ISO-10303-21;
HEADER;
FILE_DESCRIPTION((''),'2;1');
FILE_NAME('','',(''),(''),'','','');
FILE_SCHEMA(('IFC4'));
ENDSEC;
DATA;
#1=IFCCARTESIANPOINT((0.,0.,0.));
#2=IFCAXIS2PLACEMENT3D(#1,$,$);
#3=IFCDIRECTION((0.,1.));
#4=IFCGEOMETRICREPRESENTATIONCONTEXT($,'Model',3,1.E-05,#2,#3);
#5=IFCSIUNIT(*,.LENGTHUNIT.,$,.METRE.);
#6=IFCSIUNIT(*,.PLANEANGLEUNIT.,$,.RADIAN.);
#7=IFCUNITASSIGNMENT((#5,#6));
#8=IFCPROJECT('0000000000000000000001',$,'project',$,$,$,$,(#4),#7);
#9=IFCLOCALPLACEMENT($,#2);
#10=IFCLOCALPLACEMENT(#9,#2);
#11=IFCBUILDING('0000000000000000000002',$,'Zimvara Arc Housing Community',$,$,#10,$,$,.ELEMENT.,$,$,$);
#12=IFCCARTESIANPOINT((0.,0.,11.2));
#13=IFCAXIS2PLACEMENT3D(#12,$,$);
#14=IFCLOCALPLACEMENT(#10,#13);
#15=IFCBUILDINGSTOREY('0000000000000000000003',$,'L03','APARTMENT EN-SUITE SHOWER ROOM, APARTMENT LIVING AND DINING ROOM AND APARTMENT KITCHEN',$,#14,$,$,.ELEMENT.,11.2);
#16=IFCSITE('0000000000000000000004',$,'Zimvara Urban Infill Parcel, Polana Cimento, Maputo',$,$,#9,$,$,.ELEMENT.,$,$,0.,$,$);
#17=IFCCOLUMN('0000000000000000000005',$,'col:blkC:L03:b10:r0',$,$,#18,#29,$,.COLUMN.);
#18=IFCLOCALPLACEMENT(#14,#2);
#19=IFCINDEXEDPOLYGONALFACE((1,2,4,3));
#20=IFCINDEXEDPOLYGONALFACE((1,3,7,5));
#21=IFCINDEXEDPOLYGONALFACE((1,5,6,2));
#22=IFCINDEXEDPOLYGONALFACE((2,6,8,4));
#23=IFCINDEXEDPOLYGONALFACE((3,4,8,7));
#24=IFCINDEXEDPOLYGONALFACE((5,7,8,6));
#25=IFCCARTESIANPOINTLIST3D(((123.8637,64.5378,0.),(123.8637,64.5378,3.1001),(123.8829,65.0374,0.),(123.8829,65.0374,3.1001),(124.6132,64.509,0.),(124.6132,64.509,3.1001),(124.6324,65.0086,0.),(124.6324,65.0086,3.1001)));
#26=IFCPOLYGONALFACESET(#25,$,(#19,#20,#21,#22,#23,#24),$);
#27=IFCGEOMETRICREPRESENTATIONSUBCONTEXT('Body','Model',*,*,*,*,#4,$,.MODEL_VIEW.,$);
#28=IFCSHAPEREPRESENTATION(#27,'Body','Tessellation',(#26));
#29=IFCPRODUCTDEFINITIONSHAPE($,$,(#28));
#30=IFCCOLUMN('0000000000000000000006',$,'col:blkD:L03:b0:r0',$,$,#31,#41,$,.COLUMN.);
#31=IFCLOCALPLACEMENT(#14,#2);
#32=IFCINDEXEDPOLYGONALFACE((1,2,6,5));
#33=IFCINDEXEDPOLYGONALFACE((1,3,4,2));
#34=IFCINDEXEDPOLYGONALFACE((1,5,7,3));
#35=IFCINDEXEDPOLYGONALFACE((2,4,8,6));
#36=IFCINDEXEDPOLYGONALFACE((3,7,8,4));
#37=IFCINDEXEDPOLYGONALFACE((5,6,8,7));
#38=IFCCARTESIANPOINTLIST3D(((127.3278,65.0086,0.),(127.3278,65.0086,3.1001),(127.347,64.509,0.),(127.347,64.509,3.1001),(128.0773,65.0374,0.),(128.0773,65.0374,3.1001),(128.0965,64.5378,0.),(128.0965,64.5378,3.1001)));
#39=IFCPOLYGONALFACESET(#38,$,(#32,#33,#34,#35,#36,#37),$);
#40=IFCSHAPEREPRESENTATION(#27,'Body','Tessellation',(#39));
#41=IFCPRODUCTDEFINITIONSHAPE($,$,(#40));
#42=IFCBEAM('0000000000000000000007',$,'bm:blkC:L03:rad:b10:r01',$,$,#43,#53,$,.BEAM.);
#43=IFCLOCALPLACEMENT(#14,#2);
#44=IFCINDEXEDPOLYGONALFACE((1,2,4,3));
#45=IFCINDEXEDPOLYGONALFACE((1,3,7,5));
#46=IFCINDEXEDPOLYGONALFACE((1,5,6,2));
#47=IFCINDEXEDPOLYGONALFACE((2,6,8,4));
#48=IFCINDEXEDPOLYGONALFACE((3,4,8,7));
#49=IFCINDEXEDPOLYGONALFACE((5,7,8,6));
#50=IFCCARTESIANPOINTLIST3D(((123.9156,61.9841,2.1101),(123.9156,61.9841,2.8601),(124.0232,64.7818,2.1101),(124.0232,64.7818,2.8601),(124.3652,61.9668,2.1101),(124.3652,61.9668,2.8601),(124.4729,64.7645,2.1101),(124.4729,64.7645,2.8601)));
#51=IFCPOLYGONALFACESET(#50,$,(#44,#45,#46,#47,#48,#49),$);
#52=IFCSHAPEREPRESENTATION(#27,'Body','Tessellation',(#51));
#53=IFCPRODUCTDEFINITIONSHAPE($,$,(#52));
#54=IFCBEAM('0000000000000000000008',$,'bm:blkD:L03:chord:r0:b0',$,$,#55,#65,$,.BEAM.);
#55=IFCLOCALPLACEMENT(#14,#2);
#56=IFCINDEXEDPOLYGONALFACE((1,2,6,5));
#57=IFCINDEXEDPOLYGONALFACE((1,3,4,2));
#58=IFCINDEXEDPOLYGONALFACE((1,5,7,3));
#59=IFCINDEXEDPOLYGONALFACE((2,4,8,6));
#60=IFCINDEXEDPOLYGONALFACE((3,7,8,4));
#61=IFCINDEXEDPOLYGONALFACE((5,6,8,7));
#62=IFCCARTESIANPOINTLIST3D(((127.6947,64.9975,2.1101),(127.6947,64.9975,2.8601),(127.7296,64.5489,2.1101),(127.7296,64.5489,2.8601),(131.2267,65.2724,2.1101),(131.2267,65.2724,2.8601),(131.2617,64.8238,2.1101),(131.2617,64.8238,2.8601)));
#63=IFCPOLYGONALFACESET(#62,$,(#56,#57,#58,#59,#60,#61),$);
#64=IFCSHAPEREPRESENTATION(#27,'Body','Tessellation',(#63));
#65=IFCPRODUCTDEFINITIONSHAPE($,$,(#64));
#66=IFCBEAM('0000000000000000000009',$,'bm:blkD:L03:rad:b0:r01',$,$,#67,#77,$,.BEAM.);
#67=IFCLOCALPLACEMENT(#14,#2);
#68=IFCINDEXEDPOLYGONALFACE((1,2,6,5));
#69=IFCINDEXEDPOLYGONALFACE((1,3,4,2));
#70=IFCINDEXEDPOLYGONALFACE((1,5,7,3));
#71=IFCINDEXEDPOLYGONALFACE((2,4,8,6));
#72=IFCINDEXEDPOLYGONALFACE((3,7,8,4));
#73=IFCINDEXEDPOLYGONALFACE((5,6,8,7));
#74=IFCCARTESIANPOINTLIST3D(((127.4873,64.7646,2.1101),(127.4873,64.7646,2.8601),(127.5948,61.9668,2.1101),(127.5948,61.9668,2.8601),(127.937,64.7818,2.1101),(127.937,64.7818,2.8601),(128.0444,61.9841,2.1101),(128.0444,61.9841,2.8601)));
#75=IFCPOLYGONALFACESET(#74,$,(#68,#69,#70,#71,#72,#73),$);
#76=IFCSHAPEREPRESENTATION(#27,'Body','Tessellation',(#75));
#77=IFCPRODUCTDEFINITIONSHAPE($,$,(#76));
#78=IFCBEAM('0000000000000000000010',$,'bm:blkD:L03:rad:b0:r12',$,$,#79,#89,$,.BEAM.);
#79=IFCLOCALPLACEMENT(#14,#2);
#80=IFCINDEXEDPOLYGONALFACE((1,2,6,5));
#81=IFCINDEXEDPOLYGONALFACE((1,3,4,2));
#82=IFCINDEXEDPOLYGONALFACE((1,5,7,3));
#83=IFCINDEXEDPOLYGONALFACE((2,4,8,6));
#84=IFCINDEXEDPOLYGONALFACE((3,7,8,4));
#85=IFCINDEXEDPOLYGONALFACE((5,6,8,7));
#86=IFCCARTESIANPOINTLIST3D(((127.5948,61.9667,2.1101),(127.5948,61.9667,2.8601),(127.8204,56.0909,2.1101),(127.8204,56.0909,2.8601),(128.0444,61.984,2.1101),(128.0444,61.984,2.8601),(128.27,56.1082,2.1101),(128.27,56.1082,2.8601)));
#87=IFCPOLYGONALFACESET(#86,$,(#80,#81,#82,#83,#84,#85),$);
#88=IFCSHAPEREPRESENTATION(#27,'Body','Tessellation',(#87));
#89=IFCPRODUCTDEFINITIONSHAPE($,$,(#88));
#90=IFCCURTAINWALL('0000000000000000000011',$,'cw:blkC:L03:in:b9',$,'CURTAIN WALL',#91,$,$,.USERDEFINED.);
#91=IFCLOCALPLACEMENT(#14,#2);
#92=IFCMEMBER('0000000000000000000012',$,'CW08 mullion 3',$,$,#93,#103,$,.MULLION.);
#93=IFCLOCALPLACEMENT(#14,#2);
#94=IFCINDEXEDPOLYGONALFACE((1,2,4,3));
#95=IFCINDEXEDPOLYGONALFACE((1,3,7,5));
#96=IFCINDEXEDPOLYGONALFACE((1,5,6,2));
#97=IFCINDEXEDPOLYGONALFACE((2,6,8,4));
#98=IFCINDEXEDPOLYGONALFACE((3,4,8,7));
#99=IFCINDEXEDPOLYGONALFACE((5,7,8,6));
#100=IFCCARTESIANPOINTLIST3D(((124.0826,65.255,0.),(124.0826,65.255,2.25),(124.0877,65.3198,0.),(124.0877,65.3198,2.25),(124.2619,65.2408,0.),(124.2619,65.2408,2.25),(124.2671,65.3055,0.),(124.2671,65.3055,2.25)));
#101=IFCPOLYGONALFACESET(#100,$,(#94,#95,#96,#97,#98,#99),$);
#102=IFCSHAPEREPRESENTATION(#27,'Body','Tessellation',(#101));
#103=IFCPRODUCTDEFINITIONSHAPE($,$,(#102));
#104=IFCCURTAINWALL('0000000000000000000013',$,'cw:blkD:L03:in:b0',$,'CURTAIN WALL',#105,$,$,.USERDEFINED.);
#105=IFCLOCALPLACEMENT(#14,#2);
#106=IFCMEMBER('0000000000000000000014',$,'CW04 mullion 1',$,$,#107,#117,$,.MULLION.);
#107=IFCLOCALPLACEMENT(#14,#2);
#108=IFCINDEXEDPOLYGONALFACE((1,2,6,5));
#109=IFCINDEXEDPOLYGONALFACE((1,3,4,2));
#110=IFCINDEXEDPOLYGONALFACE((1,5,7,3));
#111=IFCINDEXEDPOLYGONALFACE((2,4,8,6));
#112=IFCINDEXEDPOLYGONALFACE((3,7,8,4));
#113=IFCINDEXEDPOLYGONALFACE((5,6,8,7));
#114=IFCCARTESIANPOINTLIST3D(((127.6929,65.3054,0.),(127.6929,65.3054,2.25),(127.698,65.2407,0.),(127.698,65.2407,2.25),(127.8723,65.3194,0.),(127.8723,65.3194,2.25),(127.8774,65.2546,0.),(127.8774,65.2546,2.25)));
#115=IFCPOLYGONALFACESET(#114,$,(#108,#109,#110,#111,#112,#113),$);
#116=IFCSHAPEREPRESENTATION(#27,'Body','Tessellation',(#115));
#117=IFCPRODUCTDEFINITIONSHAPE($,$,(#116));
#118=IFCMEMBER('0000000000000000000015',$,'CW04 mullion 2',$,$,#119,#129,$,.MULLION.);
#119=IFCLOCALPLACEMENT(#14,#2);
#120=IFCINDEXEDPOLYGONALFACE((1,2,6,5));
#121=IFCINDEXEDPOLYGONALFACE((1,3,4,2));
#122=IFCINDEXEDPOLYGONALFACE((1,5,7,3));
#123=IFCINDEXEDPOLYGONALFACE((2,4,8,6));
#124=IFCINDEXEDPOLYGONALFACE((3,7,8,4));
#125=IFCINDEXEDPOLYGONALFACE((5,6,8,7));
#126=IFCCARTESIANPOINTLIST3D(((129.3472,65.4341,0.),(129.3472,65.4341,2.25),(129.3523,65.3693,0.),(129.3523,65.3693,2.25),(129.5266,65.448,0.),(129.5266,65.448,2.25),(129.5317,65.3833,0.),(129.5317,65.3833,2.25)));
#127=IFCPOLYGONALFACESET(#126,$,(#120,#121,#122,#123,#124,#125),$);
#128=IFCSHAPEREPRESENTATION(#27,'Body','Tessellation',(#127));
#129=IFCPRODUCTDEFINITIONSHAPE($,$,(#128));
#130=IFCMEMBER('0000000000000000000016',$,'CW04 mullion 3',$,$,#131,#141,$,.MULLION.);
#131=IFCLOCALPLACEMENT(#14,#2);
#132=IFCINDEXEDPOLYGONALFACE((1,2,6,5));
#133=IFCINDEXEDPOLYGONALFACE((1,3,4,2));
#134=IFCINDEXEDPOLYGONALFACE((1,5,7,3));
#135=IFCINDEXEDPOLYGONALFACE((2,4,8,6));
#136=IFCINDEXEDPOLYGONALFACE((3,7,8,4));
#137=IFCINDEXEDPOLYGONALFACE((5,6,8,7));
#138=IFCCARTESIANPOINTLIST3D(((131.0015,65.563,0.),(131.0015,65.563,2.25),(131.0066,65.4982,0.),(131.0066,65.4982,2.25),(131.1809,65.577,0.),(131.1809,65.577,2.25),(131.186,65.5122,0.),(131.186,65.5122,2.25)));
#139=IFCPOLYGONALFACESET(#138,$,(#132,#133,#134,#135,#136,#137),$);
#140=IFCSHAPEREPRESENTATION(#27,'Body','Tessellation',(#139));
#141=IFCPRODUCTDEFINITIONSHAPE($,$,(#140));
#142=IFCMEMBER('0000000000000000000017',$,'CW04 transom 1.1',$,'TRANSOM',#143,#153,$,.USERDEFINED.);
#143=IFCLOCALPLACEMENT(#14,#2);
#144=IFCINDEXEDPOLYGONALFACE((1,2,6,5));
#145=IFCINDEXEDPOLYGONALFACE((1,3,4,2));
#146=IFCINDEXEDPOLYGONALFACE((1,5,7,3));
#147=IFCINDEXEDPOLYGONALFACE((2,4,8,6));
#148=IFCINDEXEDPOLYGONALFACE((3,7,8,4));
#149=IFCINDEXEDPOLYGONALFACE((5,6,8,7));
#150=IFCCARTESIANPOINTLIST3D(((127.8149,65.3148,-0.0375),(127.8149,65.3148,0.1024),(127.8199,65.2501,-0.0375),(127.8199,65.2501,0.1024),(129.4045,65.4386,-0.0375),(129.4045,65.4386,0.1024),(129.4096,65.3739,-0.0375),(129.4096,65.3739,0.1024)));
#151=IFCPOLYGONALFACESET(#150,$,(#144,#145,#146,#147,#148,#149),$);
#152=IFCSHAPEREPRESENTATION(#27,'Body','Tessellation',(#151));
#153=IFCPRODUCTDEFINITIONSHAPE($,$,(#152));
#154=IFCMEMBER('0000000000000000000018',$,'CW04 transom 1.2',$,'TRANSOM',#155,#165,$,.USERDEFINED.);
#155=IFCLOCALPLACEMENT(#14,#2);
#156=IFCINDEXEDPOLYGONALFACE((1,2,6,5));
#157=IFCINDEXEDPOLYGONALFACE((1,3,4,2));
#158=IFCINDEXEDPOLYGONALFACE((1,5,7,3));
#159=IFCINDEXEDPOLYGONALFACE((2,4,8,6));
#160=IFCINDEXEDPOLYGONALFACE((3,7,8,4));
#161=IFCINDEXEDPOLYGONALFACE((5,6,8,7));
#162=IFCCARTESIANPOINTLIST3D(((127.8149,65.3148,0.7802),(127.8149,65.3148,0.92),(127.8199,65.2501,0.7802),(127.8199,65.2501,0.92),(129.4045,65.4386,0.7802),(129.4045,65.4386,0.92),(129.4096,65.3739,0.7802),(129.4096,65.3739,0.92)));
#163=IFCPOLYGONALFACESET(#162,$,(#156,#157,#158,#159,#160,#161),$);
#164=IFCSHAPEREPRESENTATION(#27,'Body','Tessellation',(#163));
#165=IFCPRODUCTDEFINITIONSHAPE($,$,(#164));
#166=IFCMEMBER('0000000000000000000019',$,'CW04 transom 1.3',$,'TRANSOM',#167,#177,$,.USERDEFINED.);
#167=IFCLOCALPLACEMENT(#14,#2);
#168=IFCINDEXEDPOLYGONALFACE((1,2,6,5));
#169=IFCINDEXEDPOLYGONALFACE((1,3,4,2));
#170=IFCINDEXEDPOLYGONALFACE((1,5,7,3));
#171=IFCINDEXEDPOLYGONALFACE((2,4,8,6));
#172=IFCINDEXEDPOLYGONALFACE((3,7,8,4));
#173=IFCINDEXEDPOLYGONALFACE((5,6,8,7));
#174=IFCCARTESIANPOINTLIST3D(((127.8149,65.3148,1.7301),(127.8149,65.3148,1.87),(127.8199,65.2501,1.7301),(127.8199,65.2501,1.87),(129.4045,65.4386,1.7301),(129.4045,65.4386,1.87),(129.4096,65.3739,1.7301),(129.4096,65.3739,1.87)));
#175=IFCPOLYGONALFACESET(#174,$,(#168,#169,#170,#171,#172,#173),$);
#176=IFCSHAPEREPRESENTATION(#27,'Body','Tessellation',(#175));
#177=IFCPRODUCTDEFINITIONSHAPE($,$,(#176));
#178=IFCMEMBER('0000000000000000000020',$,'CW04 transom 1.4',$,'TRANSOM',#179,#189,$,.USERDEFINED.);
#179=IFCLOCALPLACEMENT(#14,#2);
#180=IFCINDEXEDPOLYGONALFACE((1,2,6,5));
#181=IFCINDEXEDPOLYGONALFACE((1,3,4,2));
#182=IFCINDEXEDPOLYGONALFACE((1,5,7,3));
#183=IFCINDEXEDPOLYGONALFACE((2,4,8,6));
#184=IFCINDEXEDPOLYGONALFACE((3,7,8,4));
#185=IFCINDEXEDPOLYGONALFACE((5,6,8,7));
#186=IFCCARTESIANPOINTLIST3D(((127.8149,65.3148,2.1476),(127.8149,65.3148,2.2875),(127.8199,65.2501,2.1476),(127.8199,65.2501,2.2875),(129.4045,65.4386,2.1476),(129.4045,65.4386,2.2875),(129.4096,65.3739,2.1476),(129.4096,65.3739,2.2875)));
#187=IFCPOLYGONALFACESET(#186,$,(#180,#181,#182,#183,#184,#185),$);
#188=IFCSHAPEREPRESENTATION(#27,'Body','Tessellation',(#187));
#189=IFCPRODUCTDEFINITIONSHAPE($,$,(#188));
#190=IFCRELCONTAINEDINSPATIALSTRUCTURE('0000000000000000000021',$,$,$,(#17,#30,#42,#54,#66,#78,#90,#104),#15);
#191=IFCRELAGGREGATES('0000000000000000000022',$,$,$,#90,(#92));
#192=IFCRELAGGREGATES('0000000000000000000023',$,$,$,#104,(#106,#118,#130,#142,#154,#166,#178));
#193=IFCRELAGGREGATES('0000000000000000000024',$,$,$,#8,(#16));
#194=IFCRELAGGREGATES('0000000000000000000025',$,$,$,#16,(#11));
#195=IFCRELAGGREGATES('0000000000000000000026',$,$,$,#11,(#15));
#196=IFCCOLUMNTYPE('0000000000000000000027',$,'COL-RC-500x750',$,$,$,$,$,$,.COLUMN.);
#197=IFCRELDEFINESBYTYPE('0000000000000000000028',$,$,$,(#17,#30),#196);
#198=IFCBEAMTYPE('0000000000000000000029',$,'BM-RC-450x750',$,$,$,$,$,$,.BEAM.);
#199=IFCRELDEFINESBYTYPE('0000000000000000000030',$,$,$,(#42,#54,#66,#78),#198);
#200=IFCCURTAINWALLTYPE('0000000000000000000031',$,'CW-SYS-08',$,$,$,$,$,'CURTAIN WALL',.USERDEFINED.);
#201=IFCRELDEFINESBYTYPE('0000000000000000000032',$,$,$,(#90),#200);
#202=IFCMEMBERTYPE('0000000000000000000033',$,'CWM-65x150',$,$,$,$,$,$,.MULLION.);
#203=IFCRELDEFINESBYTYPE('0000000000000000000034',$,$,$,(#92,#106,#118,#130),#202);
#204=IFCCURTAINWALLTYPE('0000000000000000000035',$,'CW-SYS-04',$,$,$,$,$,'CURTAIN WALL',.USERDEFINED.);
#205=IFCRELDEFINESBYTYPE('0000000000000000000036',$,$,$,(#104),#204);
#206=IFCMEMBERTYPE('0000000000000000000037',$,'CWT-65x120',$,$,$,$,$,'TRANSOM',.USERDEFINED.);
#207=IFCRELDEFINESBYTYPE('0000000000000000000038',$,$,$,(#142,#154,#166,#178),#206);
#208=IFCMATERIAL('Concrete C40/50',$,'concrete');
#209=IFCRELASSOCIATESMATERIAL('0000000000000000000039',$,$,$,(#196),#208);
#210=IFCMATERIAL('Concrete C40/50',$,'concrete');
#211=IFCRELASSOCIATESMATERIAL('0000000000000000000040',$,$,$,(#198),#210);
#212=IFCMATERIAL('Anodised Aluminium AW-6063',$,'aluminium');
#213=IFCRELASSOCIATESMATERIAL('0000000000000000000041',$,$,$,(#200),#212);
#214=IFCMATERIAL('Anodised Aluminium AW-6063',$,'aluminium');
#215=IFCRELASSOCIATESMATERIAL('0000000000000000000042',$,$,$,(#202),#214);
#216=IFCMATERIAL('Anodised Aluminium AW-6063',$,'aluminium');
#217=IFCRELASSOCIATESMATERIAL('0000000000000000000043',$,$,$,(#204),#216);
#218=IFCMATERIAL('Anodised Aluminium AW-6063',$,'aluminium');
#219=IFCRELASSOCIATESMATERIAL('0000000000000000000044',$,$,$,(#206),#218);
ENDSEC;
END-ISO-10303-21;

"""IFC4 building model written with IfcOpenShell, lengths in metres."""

from ifc_helpers import new_model, si_unit, direction, frame, origin, origin_2d, place, context, subcontext, project, spatial, rectangle, extrude, material, material_profile, profile_set, type_object, element, aggregate, save


model = new_model("IFC4")

# Units and contexts
model_context = context("Model", 3, precision=1e-05, world=origin(), true_north=direction((0.0, 1.0)))
body_context = subcontext(model_context, "Body", "Model", "MODEL_VIEW")
ifc_project = project(units=[si_unit("LENGTHUNIT", "METRE"), si_unit("PLANEANGLEUNIT", "RADIAN")], contexts=[model_context])

# Site, building, storey
site_placement = place(None, origin())
site = spatial("IfcSite", under=ifc_project, at=site_placement, Name="Zimvara Urban Infill Parcel, Polana Cimento, Maputo", CompositionType="ELEMENT", RefElevation=0.0)
building_placement = place(site_placement, origin())
building = spatial("IfcBuilding", under=site, at=building_placement, Name="Zimvara Arc Housing Community", CompositionType="ELEMENT")
storey_placement = place(building_placement, frame((0.0, 0.0, 11.2)))
storey = spatial("IfcBuildingStorey", under=building, at=storey_placement, Name="L03", Description="APARTMENT EN-SUITE SHOWER ROOM, APARTMENT LIVING AND DINING ROOM AND APARTMENT KITCHEN", CompositionType="ELEMENT", Elevation=11.2)

# Columns
ifc_material_1 = material(Name="Concrete C40/50", Category="concrete")
ifc_material_profile_1 = material_profile(ifc_material_1, rectangle(XDim=0.5, YDim=0.75, at=origin_2d()), Name="RC 500x750")
ifc_profile_set_1 = profile_set([ifc_material_profile_1], Name="Concrete C40/50")
column_type = type_object("IfcColumnType", Name="COL-RC-500x750", PredefinedType="COLUMN", material=ifc_profile_set_1)
for number, where, z_axis, x_axis, name in (
    (1, (124.248, 64.7732, 0.0), (0.0, 0.0, 1.0), (-0.038388, -0.999263, 0.0), "col:blkC:L03:b10:r0"),
    (2, (127.7122, 64.7732, 0.0), (0.0, 0.0, 1.0), (0.038388, -0.999263, 0.0), "col:blkD:L03:b0:r0"),
):
    element("IfcColumn", number, at=place(storey_placement, frame(where, z_axis=z_axis, x_axis=x_axis)), inside=storey, type_object=column_type, Name=name, PredefinedType="COLUMN", context=body_context, shape_type="SweptSolid", body=[
        extrude(rectangle(XDim=0.5, YDim=0.75, at=origin_2d()), origin(), (0.0, 0.0, 1.0), 3.1001),
    ])

# Beams
ifc_material_2 = material(Name="Concrete C40/50", Category="concrete")
ifc_material_profile_2 = material_profile(ifc_material_2, rectangle(XDim=0.45, YDim=0.75, at=origin_2d()), Name="RC 450x750")
ifc_profile_set_2 = profile_set([ifc_material_profile_2], Name="Concrete C40/50")
beam_type = type_object("IfcBeamType", Name="BM-RC-450x750", PredefinedType="BEAM", material=ifc_profile_set_2)
beam_1_placement = place(storey_placement, frame((124.248, 64.7732, 2.4851), z_axis=(-0.038453, -0.99926, 0.0), x_axis=(0.99926, -0.038453, 0.0)))
element("IfcBeam", 3, at=beam_1_placement, inside=storey, type_object=beam_type, Name="bm:blkC:L03:rad:b10:r01", PredefinedType="BEAM", context=body_context, shape_type="SweptSolid", body=[
    extrude(rectangle(XDim=0.45, YDim=0.75, at=origin_2d()), origin(), (0.0, 0.0, 1.0), 2.7998),
])
beam_2_placement = place(storey_placement, frame((127.7122, 64.7732, 2.4851), z_axis=(0.996985, 0.077598, 0.0), x_axis=(-0.077598, 0.996985, 0.0)))
element("IfcBeam", 4, at=beam_2_placement, inside=storey, type_object=beam_type, Name="bm:blkD:L03:chord:r0:b0", PredefinedType="BEAM", context=body_context, shape_type="SweptSolid", body=[
    extrude(rectangle(XDim=0.45, YDim=0.75, at=origin_2d()), origin(), (0.0, 0.0, 1.0), 3.5427),
])
beam_3_placement = place(storey_placement, frame((127.7122, 64.7732, 2.4851), z_axis=(0.038366, -0.999264, 0.0), x_axis=(0.999264, 0.038366, 0.0)))
element("IfcBeam", 5, at=beam_3_placement, inside=storey, type_object=beam_type, Name="bm:blkD:L03:rad:b0:r01", PredefinedType="BEAM", context=body_context, shape_type="SweptSolid", body=[
    extrude(rectangle(XDim=0.45, YDim=0.75, at=origin_2d()), origin(), (0.0, 0.0, 1.0), 2.7998),
])
beam_4_placement = place(storey_placement, frame((127.8196, 61.9753, 2.4851), z_axis=(0.038365, -0.999264, 0.0), x_axis=(0.999264, 0.038365, 0.0)))
element("IfcBeam", 6, at=beam_4_placement, inside=storey, type_object=beam_type, Name="bm:blkD:L03:rad:b0:r12", PredefinedType="BEAM", context=body_context, shape_type="SweptSolid", body=[
    extrude(rectangle(XDim=0.45, YDim=0.75, at=origin_2d()), origin(), (0.0, 0.0, 1.0), 5.8801),
])

# Curtain wall, member
ifc_material_3 = material(Name="Anodised Aluminium AW-6063", Category="aluminium")
curtain_wall_type_1 = type_object("IfcCurtainWallType", Name="CW-SYS-08", ElementType="CURTAIN WALL", PredefinedType="USERDEFINED", material=ifc_material_3)
curtain_wall_1_placement = place(storey_placement, origin())
curtain_wall_1 = element("IfcCurtainWall", 7, at=curtain_wall_1_placement, inside=storey, type_object=curtain_wall_type_1, Name="cw:blkC:L03:in:b9", ObjectType="CURTAIN WALL", PredefinedType="USERDEFINED")
ifc_material_4 = material(Name="Anodised Aluminium AW-6063", Category="aluminium")
ifc_material_profile_3 = material_profile(ifc_material_4, rectangle(XDim=0.0649, YDim=0.1799, at=origin_2d()), Name="ALU 65x180")
ifc_profile_set_3 = profile_set([ifc_material_profile_3], Name="Anodised Aluminium AW-6063")
member_type_1 = type_object("IfcMemberType", Name="CWM-65x150", PredefinedType="MULLION", material=ifc_profile_set_3)
member_1_placement = place(storey_placement, frame((124.1748, 65.2803, 0.0), z_axis=(0.0, 0.0, 1.0), x_axis=(0.079155, 0.996862, 0.0)))
member_1 = element("IfcMember", 8, at=member_1_placement, type_object=member_type_1, Name="CW08 mullion 3", PredefinedType="MULLION", context=body_context, shape_type="SweptSolid", body=[
    extrude(rectangle(XDim=0.0649, YDim=0.1799, at=origin_2d()), origin(), (0.0, 0.0, 1.0), 2.25),
])
aggregate(curtain_wall_1, [member_1])

# Curtain wall, members
ifc_material_5 = material(Name="Anodised Aluminium AW-6063", Category="aluminium")
curtain_wall_type_2 = type_object("IfcCurtainWallType", Name="CW-SYS-04", ElementType="CURTAIN WALL", PredefinedType="USERDEFINED", material=ifc_material_5)
curtain_wall_2_placement = place(storey_placement, origin())
curtain_wall_2 = element("IfcCurtainWall", 9, at=curtain_wall_2_placement, inside=storey, type_object=curtain_wall_type_2, Name="cw:blkD:L03:in:b0", ObjectType="CURTAIN WALL", PredefinedType="USERDEFINED")
member_2_placement = place(storey_placement, frame((127.7852, 65.28, 0.0), z_axis=(0.0, 0.0, 1.0), x_axis=(-0.07759, 0.996985, 0.0)))
member_2 = element("IfcMember", 10, at=member_2_placement, type_object=member_type_1, Name="CW04 mullion 1", PredefinedType="MULLION", context=body_context, shape_type="SweptSolid", body=[
    extrude(rectangle(XDim=0.0649, YDim=0.1799, at=origin_2d()), origin(), (0.0, 0.0, 1.0), 2.25),
])
member_3_placement = place(storey_placement, frame((129.4395, 65.4087, 0.0), z_axis=(0.0, 0.0, 1.0), x_axis=(-0.07759, 0.996985, 0.0)))
member_3 = element("IfcMember", 11, at=member_3_placement, type_object=member_type_1, Name="CW04 mullion 2", PredefinedType="MULLION", context=body_context, shape_type="SweptSolid", body=[
    extrude(rectangle(XDim=0.0649, YDim=0.1799, at=origin_2d()), origin(), (0.0, 0.0, 1.0), 2.25),
])
member_4_placement = place(storey_placement, frame((131.0938, 65.5376, 0.0), z_axis=(0.0, 0.0, 1.0), x_axis=(-0.07759, 0.996985, 0.0)))
member_4 = element("IfcMember", 12, at=member_4_placement, type_object=member_type_1, Name="CW04 mullion 3", PredefinedType="MULLION", context=body_context, shape_type="SweptSolid", body=[
    extrude(rectangle(XDim=0.0649, YDim=0.1799, at=origin_2d()), origin(), (0.0, 0.0, 1.0), 2.25),
])
ifc_material_6 = material(Name="Anodised Aluminium AW-6063", Category="aluminium")
ifc_material_profile_4 = material_profile(ifc_material_6, rectangle(XDim=0.0649, YDim=0.1399, at=origin_2d()), Name="ALU 65x140")
ifc_profile_set_4 = profile_set([ifc_material_profile_4], Name="Anodised Aluminium AW-6063")
member_type_2 = type_object("IfcMemberType", Name="CWT-65x120", ElementType="TRANSOM", PredefinedType="USERDEFINED", material=ifc_profile_set_4)
member_5_placement = place(storey_placement, frame((127.8174, 65.2825, 0.0325), z_axis=(0.996982, 0.077633, 0.0), x_axis=(-0.077633, 0.996982, 0.0)))
member_5 = element("IfcMember", 13, at=member_5_placement, type_object=member_type_2, Name="CW04 transom 1.1", ObjectType="TRANSOM", PredefinedType="USERDEFINED", context=body_context, shape_type="SweptSolid", body=[
    extrude(rectangle(XDim=0.0649, YDim=0.1399, at=origin_2d()), origin(), (0.0, 0.0, 1.0), 1.5945),
])
member_6_placement = place(storey_placement, frame((127.8174, 65.2825, 0.8501), z_axis=(0.996982, 0.077633, 0.0), x_axis=(-0.077633, 0.996982, 0.0)))
member_6 = element("IfcMember", 14, at=member_6_placement, type_object=member_type_2, Name="CW04 transom 1.2", ObjectType="TRANSOM", PredefinedType="USERDEFINED", context=body_context, shape_type="SweptSolid", body=[
    extrude(rectangle(XDim=0.0649, YDim=0.1399, at=origin_2d()), origin(), (0.0, 0.0, 1.0), 1.5945),
])
member_7_placement = place(storey_placement, frame((127.8174, 65.2825, 1.8), z_axis=(0.996982, 0.077633, 0.0), x_axis=(-0.077633, 0.996982, 0.0)))
member_7 = element("IfcMember", 15, at=member_7_placement, type_object=member_type_2, Name="CW04 transom 1.3", ObjectType="TRANSOM", PredefinedType="USERDEFINED", context=body_context, shape_type="SweptSolid", body=[
    extrude(rectangle(XDim=0.0649, YDim=0.1399, at=origin_2d()), origin(), (0.0, 0.0, 1.0), 1.5945),
])
member_8_placement = place(storey_placement, frame((127.8174, 65.2825, 2.2175), z_axis=(0.996982, 0.077633, 0.0), x_axis=(-0.077633, 0.996982, 0.0)))
member_8 = element("IfcMember", 16, at=member_8_placement, type_object=member_type_2, Name="CW04 transom 1.4", ObjectType="TRANSOM", PredefinedType="USERDEFINED", context=body_context, shape_type="SweptSolid", body=[
    extrude(rectangle(XDim=0.0649, YDim=0.1399, at=origin_2d()), origin(), (0.0, 0.0, 1.0), 1.5945),
])
aggregate(curtain_wall_2, [member_2, member_3, member_4, member_5, member_6, member_7, member_8])

save(model, "model.ifc")
